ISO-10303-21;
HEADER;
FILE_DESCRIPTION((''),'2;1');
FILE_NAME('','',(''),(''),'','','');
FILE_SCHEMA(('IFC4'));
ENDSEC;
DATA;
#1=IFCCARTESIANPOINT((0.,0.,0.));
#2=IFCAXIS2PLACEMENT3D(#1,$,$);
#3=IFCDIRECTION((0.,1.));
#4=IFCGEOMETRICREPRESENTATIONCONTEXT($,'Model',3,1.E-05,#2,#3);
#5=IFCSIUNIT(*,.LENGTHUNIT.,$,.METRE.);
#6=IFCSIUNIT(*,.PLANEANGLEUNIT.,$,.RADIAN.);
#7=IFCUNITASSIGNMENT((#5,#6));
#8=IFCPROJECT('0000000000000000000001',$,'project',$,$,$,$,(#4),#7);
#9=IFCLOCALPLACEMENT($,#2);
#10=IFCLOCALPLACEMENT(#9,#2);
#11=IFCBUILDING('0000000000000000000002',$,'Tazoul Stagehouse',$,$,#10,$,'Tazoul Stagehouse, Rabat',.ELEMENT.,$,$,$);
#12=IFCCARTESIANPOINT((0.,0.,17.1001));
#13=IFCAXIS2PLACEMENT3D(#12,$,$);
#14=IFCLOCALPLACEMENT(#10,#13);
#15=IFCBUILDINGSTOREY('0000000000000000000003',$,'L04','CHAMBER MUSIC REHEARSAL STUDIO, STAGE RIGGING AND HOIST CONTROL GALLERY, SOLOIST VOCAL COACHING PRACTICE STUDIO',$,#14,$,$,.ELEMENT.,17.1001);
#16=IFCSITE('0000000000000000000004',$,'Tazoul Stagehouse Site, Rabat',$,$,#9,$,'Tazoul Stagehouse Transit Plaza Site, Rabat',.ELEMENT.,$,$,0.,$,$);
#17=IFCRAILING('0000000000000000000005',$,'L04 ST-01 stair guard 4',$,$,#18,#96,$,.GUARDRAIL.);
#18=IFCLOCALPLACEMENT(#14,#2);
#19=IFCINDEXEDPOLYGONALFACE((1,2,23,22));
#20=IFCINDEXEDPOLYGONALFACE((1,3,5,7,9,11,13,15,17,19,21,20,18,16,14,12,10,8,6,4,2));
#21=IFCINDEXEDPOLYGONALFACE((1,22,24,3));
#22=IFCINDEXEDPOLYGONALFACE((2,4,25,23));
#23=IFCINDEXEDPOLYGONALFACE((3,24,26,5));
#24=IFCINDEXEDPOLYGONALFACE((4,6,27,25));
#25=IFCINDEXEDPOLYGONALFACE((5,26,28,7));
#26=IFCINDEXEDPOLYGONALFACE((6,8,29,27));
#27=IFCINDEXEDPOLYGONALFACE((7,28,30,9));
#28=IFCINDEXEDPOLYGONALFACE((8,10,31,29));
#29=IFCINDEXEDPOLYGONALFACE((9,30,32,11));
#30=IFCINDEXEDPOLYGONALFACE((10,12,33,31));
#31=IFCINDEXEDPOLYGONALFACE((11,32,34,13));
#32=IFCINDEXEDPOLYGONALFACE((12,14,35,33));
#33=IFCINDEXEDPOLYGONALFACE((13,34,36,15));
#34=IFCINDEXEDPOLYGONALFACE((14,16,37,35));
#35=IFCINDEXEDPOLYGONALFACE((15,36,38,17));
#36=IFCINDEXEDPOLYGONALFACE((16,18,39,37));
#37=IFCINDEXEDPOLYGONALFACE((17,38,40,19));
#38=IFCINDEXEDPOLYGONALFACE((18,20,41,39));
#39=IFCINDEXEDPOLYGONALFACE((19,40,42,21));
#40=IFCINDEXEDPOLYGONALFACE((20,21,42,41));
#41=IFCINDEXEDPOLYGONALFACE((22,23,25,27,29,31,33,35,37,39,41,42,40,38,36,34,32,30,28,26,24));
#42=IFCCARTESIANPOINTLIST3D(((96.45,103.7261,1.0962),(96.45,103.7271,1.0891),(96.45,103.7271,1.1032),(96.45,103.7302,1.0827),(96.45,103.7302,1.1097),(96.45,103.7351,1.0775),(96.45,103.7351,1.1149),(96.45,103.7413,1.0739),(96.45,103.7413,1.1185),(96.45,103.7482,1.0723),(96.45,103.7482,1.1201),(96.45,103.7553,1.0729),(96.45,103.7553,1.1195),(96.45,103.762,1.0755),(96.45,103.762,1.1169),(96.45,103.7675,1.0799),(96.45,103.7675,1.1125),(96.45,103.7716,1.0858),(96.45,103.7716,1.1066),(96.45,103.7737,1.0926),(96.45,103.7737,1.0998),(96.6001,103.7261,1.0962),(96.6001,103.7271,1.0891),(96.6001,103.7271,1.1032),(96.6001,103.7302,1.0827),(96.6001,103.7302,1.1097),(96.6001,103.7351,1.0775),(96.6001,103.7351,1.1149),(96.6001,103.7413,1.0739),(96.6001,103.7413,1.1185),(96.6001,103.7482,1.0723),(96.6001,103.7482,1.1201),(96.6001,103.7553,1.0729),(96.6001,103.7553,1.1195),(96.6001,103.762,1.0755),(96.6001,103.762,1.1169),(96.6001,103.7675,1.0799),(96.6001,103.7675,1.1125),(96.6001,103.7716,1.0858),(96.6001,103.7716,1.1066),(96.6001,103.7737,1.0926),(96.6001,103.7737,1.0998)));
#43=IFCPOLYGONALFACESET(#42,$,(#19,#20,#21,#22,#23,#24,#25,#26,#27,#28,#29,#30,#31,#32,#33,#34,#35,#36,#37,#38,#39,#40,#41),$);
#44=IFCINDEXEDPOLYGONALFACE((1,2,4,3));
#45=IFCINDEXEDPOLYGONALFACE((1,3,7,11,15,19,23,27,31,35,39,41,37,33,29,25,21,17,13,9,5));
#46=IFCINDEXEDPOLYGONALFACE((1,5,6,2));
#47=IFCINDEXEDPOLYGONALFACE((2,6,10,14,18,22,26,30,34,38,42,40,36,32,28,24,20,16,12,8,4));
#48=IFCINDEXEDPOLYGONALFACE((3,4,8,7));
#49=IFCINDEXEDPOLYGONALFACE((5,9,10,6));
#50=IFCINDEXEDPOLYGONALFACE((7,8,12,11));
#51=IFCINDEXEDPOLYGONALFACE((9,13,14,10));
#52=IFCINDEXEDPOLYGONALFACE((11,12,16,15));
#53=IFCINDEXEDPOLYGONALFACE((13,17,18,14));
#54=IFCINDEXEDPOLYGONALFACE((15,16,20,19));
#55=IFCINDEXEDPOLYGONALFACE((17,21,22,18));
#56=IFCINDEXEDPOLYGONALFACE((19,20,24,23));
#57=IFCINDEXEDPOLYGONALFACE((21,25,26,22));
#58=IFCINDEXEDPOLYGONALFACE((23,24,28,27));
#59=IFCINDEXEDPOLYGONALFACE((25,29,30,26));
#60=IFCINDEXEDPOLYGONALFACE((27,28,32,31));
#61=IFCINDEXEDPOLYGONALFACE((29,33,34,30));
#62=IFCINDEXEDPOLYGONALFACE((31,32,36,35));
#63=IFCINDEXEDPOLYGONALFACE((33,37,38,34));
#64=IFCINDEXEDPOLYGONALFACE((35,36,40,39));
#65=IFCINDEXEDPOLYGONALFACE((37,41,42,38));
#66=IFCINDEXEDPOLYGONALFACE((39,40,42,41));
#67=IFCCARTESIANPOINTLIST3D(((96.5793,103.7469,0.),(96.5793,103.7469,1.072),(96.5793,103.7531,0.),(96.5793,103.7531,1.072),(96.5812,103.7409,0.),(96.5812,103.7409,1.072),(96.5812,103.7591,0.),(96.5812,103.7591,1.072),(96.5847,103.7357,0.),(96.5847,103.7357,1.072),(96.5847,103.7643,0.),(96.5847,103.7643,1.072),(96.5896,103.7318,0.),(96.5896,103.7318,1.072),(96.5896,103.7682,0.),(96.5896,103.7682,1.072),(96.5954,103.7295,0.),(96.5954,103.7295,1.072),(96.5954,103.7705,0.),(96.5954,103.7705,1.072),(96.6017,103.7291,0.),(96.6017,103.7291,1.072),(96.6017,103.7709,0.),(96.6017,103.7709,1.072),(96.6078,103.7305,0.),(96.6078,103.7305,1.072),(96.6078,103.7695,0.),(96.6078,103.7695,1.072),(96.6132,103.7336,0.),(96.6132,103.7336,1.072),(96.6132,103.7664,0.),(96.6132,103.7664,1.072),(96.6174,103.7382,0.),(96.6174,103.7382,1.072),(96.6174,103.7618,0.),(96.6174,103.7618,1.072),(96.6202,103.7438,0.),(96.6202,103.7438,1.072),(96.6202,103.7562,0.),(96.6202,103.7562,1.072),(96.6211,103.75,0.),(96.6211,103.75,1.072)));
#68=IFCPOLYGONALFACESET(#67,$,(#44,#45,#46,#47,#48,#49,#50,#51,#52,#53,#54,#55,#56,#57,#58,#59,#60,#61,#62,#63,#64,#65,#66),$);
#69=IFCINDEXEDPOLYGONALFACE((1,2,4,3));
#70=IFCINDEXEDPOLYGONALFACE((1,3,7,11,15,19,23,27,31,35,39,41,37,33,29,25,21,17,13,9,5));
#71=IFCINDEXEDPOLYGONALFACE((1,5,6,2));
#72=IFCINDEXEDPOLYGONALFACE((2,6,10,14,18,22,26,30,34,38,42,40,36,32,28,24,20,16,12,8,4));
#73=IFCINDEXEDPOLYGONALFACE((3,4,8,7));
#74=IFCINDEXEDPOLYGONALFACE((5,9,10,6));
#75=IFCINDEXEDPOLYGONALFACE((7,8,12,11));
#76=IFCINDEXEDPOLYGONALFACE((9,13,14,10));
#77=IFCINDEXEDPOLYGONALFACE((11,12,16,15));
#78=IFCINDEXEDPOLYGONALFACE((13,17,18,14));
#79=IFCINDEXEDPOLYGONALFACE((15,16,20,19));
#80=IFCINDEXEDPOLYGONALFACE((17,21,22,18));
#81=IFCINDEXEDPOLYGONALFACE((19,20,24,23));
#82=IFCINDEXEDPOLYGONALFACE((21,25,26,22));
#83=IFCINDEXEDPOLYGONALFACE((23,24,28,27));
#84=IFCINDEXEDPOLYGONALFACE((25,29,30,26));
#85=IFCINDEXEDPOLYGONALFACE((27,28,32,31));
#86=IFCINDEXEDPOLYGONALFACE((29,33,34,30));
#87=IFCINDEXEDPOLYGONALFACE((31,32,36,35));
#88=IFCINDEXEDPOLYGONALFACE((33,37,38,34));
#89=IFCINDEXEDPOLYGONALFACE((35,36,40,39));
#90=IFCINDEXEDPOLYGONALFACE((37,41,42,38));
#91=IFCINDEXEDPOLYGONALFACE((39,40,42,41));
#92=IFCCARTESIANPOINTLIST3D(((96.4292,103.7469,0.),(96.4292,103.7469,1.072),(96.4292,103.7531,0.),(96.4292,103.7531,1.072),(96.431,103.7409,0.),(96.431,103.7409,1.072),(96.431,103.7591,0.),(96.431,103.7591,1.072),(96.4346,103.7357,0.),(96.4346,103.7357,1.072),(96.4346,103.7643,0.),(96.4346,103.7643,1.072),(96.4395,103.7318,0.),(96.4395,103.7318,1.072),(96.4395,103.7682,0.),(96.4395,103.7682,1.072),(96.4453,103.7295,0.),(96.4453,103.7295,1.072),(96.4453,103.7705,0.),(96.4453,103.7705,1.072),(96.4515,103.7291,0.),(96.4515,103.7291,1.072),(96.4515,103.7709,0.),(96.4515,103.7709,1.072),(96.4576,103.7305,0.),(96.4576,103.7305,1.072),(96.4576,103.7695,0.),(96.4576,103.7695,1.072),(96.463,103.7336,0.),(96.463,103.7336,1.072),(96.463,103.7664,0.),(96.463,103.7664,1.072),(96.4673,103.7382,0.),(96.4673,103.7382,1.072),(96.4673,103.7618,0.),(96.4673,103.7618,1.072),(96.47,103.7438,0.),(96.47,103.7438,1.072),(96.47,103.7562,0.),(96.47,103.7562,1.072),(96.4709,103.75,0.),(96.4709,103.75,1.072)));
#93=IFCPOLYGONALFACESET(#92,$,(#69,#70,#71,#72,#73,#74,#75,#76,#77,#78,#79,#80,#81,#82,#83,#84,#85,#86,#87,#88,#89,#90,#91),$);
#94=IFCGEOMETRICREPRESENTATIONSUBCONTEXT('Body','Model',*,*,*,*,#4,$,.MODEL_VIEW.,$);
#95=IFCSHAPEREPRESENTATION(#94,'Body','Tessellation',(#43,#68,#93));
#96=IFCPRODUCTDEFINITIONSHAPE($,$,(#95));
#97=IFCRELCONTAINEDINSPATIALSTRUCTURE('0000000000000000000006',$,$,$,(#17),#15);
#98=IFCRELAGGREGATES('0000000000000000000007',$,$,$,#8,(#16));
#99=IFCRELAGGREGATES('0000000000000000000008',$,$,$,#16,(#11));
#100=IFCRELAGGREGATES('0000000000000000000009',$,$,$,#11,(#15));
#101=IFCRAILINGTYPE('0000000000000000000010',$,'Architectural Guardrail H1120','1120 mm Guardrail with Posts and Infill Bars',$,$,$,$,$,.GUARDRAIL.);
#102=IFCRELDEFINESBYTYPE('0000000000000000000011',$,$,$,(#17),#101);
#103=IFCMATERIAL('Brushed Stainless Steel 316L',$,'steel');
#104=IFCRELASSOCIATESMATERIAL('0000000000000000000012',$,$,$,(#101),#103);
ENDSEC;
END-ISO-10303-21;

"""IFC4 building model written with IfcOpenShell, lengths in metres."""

from ifc_helpers import new_model, si_unit, direction, frame, origin, origin_2d, place, context, subcontext, project, spatial, circle, extrude, material, material_profile, profile_set, type_object, element, save


model = new_model("IFC4")

# Units and contexts
model_context = context("Model", 3, precision=1e-05, world=origin(), true_north=direction((0.0, 1.0)))
body_context = subcontext(model_context, "Body", "Model", "MODEL_VIEW")
ifc_project = project(units=[si_unit("LENGTHUNIT", "METRE"), si_unit("PLANEANGLEUNIT", "RADIAN")], contexts=[model_context])

# Site, building, storey
site_placement = place(None, origin())
site = spatial("IfcSite", under=ifc_project, at=site_placement, Name="Tazoul Stagehouse Site, Rabat", LongName="Tazoul Stagehouse Transit Plaza Site, Rabat", CompositionType="ELEMENT", RefElevation=0.0)
building_placement = place(site_placement, origin())
building = spatial("IfcBuilding", under=site, at=building_placement, Name="Tazoul Stagehouse", LongName="Tazoul Stagehouse, Rabat", CompositionType="ELEMENT")
storey_placement = place(building_placement, frame((0.0, 0.0, 17.1001)))
storey = spatial("IfcBuildingStorey", under=building, at=storey_placement, Name="L04", Description="CHAMBER MUSIC REHEARSAL STUDIO, STAGE RIGGING AND HOIST CONTROL GALLERY, SOLOIST VOCAL COACHING PRACTICE STUDIO", CompositionType="ELEMENT", Elevation=17.1001)

# Railing
ifc_material_1 = material(Name="Brushed Stainless Steel 316L", Category="steel")
ifc_material_profile_1 = material_profile(ifc_material_1, circle(Radius=0.0239, at=origin_2d()), Name="SS RAIL D48")
ifc_profile_set_1 = profile_set([ifc_material_profile_1], Name="Brushed Stainless Steel 316L")
railing_type_1 = type_object("IfcRailingType", Name="Architectural Guardrail H1120", Description="1120 mm Guardrail with Posts and Infill Bars", PredefinedType="GUARDRAIL", material=ifc_profile_set_1)
railing_1_placement = place(storey_placement, frame((96.6001, 103.75, 0.0)))
element("IfcRailing", 1, at=railing_1_placement, inside=storey, type_object=railing_type_1, Name="L04 ST-01 stair guard 4", PredefinedType="GUARDRAIL", context=body_context, shape_type="SweptSolid", body=[
    extrude(circle(Radius=0.0239, at=origin_2d()), frame((0.0, 0.0, 1.0962), z_axis=(-1.0, 0.0, 0.0), x_axis=(0.0, -1.0, 0.0)), (0.0, 0.0, 1.0), 0.1501),
    extrude(circle(Radius=0.021, at=origin_2d()), origin(), (0.0, 0.0, 1.0), 1.072),
    extrude(circle(Radius=0.021, at=origin_2d()), frame((-0.1501, 0.0, 0.0)), (0.0, 0.0, 1.0), 1.072),
])

save(model, "model.ifc")
